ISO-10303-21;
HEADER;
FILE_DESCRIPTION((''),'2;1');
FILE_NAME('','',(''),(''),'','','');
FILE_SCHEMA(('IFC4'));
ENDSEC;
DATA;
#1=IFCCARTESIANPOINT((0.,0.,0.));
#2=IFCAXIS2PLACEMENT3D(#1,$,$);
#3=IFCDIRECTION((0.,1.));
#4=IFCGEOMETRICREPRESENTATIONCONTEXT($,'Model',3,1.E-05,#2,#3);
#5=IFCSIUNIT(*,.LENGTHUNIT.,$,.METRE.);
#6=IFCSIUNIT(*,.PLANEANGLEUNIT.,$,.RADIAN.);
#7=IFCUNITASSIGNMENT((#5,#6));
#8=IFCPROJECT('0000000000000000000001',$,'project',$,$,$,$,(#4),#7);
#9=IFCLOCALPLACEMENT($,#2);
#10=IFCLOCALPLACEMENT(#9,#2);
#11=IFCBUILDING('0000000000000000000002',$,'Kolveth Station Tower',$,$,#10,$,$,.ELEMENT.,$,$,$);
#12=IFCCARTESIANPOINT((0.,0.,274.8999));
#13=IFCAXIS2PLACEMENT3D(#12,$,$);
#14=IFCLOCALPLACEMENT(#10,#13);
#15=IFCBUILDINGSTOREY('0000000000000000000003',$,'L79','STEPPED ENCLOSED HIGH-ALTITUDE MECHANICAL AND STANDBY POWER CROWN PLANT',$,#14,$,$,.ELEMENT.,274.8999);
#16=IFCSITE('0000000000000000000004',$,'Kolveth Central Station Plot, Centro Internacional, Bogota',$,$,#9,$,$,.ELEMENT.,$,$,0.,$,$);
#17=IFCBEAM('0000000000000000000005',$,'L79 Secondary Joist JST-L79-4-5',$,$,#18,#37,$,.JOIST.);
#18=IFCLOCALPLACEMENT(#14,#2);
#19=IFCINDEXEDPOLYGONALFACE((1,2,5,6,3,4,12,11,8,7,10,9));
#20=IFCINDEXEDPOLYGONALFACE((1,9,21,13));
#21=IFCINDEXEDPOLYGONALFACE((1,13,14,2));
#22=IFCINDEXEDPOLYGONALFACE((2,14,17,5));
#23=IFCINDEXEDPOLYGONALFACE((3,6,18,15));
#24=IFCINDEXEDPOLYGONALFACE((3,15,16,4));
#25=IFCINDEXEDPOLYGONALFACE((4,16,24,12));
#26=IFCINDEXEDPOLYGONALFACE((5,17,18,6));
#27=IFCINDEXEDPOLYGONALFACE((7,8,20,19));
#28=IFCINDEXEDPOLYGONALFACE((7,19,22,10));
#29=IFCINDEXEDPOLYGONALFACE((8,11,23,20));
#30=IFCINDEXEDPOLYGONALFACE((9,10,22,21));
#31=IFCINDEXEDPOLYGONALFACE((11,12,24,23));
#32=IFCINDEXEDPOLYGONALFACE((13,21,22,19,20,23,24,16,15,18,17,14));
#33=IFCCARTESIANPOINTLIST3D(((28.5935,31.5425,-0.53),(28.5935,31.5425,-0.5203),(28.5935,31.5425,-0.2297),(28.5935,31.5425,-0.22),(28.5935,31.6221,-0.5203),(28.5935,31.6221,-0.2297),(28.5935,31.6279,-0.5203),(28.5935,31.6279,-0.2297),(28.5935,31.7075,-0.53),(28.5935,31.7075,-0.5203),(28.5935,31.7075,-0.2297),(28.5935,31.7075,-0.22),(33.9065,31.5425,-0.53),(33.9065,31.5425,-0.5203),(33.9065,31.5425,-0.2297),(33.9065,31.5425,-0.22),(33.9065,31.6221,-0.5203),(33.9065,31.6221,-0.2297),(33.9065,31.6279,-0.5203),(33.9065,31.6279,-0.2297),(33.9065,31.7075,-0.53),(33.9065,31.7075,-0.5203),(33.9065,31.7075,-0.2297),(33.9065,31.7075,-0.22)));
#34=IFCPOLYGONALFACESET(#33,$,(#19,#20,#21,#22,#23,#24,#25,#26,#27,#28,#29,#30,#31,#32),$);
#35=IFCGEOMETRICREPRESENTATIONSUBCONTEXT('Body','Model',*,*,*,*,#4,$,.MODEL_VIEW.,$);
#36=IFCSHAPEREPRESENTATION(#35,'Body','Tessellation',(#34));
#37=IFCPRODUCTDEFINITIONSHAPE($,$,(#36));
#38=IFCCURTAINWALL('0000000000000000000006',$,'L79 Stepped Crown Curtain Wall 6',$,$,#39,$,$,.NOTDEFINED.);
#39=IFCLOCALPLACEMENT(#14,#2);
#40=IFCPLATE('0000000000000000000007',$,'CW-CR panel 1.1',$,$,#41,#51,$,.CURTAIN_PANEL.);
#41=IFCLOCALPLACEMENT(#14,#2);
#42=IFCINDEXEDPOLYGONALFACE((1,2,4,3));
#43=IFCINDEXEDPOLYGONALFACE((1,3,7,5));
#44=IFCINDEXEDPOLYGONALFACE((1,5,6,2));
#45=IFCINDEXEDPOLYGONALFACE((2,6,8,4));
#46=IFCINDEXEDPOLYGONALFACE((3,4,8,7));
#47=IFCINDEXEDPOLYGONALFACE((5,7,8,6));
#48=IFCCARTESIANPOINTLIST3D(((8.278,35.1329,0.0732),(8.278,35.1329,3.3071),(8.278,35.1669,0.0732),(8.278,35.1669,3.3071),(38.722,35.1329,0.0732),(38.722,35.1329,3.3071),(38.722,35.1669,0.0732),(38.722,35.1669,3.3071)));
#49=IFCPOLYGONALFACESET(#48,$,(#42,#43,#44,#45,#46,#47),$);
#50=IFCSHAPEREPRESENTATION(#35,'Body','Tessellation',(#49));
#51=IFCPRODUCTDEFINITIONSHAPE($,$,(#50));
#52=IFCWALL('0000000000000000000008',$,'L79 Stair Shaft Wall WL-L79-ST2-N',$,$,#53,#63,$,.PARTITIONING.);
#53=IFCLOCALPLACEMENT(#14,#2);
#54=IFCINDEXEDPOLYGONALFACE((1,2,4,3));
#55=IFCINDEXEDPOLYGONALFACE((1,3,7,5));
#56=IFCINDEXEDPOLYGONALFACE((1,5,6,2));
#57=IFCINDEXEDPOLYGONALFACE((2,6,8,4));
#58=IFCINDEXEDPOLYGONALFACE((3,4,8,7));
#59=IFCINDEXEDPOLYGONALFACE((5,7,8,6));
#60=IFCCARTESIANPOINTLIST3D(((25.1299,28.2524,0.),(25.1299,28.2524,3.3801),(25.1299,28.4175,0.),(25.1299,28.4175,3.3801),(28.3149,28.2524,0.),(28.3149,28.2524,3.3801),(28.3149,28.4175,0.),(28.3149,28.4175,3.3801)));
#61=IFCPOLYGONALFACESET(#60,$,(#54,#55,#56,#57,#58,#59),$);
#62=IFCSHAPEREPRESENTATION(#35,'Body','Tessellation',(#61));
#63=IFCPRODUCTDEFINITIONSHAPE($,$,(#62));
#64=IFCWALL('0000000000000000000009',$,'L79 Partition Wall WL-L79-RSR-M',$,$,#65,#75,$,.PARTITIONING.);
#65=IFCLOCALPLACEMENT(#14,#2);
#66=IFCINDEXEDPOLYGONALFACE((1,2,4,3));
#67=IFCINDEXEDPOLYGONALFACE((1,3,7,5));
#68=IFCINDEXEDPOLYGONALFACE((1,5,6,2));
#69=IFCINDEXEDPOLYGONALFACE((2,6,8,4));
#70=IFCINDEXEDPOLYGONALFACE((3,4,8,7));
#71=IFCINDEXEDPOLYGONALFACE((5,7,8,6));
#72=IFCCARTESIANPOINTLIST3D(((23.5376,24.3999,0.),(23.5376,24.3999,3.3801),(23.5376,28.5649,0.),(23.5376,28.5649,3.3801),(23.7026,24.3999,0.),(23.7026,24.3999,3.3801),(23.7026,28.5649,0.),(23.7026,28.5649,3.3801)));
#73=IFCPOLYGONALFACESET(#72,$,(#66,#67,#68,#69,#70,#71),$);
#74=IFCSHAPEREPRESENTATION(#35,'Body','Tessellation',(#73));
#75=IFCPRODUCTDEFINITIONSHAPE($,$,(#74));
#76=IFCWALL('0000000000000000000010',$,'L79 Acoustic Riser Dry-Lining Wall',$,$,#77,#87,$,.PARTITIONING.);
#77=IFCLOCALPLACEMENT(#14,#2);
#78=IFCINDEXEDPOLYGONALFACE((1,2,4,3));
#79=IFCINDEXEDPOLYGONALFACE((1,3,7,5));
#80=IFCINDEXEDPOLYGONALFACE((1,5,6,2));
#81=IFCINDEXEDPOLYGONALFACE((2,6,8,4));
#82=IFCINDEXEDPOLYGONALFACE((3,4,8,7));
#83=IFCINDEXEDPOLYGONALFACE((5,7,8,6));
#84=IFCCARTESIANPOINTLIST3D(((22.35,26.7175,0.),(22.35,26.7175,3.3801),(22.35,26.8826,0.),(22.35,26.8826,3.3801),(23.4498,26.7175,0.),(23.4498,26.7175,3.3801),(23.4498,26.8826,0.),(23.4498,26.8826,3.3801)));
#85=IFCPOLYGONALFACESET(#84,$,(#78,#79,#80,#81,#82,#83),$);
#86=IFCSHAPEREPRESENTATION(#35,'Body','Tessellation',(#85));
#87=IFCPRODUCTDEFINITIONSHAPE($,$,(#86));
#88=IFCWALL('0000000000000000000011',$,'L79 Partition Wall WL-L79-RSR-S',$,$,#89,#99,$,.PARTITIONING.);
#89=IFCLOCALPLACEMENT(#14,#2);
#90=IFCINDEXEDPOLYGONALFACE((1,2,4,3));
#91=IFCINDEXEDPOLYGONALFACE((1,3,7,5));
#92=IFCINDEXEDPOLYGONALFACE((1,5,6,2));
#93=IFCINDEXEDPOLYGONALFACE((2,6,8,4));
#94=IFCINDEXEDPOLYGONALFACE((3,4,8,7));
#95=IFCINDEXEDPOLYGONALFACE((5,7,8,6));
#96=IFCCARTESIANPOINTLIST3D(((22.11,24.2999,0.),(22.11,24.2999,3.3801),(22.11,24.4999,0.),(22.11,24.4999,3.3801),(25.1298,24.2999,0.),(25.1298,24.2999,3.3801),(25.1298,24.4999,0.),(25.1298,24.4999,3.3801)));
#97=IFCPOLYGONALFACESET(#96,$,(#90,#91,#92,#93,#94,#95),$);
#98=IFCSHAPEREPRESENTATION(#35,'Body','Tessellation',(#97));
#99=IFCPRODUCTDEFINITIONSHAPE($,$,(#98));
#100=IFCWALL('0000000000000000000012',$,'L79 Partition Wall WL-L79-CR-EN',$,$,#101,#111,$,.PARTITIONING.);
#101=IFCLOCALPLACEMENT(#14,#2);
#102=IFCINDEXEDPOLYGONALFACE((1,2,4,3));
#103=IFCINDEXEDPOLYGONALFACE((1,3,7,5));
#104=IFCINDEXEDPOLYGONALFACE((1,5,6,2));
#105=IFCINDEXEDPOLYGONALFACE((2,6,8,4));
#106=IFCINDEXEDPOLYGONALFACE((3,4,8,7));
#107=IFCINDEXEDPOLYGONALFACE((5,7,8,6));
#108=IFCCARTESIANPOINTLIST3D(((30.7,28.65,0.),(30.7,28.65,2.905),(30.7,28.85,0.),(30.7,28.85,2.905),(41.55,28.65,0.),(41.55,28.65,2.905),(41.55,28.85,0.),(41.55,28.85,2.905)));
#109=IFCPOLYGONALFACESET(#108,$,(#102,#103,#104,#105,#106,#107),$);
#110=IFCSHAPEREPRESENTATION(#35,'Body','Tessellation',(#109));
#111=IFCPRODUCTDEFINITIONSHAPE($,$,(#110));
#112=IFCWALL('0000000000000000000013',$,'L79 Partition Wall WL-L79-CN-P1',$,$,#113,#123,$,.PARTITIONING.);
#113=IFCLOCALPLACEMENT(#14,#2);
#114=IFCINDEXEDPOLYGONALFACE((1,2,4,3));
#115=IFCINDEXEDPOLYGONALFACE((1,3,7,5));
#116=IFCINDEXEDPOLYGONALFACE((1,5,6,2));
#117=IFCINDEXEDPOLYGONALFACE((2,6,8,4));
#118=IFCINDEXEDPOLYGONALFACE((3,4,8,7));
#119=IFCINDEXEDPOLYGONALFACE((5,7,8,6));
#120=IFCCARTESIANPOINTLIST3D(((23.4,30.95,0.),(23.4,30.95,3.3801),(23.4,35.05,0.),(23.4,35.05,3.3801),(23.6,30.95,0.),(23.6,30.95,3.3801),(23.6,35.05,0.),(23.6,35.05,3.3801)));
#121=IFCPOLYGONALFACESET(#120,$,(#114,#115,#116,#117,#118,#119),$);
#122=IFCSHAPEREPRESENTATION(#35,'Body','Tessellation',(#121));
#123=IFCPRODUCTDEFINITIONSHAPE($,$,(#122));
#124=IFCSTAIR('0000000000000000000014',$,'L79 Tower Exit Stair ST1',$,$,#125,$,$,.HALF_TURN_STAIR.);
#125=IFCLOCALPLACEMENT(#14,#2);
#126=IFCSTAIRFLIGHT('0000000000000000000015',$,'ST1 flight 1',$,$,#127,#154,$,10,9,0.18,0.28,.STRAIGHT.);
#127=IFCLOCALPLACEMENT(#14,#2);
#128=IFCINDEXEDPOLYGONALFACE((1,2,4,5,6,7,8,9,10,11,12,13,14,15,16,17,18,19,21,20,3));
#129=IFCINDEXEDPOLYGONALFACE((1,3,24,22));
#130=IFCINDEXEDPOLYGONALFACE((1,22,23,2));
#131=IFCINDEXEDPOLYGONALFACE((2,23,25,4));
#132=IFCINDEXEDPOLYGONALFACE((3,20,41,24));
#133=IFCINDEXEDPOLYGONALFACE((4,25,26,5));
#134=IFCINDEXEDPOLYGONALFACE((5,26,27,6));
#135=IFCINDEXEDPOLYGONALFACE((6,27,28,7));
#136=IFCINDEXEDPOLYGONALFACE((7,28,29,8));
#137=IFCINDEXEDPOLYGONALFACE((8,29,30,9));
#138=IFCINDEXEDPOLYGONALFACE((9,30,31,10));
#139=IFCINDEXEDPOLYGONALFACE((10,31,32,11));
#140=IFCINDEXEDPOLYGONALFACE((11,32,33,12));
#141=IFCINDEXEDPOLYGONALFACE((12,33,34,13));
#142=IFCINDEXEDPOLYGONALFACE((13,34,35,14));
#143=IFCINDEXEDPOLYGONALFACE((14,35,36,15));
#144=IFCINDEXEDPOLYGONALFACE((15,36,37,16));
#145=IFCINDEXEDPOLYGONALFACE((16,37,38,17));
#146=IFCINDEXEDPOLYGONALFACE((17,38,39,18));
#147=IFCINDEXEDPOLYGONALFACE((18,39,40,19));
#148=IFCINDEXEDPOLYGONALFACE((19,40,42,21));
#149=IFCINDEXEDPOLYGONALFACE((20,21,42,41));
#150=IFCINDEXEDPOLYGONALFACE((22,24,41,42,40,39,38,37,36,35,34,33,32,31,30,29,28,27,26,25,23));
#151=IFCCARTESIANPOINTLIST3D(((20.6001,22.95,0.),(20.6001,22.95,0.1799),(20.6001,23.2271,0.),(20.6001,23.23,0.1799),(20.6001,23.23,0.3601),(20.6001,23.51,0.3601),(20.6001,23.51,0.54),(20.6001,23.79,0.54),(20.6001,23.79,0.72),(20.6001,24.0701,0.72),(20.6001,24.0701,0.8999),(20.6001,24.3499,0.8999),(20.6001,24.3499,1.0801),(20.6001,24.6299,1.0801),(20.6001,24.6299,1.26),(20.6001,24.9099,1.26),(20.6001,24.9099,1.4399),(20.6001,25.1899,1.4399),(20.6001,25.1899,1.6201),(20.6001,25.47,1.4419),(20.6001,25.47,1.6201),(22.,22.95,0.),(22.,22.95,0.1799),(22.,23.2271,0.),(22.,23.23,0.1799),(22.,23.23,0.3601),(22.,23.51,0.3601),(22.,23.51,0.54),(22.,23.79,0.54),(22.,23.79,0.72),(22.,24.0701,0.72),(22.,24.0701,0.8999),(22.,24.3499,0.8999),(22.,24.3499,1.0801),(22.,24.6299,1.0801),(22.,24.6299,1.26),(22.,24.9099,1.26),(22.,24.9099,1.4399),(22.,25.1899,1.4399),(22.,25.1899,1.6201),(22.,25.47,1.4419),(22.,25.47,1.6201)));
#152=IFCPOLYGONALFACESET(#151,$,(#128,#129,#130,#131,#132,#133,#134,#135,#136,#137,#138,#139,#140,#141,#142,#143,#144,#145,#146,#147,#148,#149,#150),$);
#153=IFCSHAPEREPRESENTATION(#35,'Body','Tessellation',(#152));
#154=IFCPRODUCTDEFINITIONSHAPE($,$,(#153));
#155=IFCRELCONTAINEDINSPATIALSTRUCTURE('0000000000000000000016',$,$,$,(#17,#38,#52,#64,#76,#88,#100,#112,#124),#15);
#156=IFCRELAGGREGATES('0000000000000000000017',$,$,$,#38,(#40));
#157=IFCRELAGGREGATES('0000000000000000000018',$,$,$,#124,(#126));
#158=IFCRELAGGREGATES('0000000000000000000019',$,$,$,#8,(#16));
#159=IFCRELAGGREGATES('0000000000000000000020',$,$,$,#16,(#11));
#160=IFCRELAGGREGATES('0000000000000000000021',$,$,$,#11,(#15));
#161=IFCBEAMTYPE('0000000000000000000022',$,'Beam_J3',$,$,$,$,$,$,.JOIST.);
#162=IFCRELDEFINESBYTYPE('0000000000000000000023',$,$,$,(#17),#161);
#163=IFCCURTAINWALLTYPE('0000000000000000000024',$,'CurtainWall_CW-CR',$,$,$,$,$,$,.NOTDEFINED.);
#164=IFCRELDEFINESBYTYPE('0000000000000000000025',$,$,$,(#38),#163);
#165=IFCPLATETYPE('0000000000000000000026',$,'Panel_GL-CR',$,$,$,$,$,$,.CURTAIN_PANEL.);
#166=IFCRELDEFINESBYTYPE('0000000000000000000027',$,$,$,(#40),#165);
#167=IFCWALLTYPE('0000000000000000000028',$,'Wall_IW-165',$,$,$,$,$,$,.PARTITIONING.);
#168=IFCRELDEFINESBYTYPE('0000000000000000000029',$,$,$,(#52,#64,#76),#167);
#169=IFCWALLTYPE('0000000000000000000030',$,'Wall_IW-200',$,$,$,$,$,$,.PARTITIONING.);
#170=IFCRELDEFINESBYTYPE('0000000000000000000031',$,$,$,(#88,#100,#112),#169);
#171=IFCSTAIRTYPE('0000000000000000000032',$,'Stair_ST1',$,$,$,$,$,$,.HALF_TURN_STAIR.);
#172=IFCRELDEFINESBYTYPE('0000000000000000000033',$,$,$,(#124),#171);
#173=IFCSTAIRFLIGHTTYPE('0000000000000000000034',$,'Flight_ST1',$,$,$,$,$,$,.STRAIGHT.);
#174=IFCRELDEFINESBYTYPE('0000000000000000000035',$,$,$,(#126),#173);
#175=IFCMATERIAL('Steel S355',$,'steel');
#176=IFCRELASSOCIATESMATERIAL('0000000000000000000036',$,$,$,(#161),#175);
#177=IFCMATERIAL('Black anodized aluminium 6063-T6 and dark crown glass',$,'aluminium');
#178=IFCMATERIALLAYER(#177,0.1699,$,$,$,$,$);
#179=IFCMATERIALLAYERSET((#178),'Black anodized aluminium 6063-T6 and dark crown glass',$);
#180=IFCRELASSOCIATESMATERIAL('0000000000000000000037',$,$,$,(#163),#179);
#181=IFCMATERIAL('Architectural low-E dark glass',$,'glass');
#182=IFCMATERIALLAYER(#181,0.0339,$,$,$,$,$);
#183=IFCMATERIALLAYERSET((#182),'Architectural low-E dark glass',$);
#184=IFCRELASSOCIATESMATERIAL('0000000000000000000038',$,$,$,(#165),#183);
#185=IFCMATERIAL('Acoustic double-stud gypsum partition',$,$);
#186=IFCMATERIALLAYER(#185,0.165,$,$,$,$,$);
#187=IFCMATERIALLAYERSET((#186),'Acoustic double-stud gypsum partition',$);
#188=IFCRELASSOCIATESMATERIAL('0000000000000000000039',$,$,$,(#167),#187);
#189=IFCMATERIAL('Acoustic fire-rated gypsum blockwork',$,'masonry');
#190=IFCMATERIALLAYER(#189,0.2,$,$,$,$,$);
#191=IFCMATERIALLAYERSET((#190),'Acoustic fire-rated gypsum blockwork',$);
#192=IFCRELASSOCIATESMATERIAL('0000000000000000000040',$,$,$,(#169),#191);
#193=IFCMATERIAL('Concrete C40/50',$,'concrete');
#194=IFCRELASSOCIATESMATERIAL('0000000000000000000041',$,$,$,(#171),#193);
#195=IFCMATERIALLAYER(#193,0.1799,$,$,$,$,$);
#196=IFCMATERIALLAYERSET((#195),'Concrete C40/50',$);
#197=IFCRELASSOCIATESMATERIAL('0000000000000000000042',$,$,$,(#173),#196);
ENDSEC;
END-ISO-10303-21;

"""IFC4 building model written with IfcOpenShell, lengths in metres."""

from ifc_helpers import new_model, si_unit, direction, frame, frame_2d, origin, origin_2d, place, context, subcontext, project, spatial, polyline, rectangle, i_section, outline, extrude, source, transform, mapped, material, layer, layer_set, material_profile, profile_set, type_object, element, aggregate, save


model = new_model("IFC4")

# Units and contexts
model_context = context("Model", 3, precision=1e-05, world=origin(), true_north=direction((0.0, 1.0)))
body_context = subcontext(model_context, "Body", "Model", "MODEL_VIEW")
ifc_project = project(units=[si_unit("LENGTHUNIT", "METRE"), si_unit("PLANEANGLEUNIT", "RADIAN")], contexts=[model_context])

# Site, building, storey
site_placement = place(None, origin())
site = spatial("IfcSite", under=ifc_project, at=site_placement, Name="Kolveth Central Station Plot, Centro Internacional, Bogota", CompositionType="ELEMENT", RefElevation=0.0)
building_placement = place(site_placement, origin())
building = spatial("IfcBuilding", under=site, at=building_placement, Name="Kolveth Station Tower", CompositionType="ELEMENT")
storey_placement = place(building_placement, frame((0.0, 0.0, 274.8999)))
storey = spatial("IfcBuildingStorey", under=building, at=storey_placement, Name="L79", Description="STEPPED ENCLOSED HIGH-ALTITUDE MECHANICAL AND STANDBY POWER CROWN PLANT", CompositionType="ELEMENT", Elevation=274.8999)

# Shared definitions
ifc_material_1 = material(Name="Steel S355", Category="steel")

# Beam
ifc_material_profile_1 = material_profile(ifc_material_1, i_section(OverallWidth=0.165, OverallDepth=0.3101, WebThickness=0.0059, FlangeThickness=0.0098, at=origin_2d()), Name="W310x39")
ifc_profile_set_1 = profile_set([ifc_material_profile_1], Name="Steel S355")
beam_type_1 = type_object("IfcBeamType", Name="Beam_J3", PredefinedType="JOIST", material=ifc_profile_set_1)
shared_shape_1 = source(origin(), body_context, "Body", "SweptSolid", [
    extrude(i_section(OverallWidth=0.165, OverallDepth=0.3101, WebThickness=0.0059, FlangeThickness=0.0098, at=origin_2d()), origin(), (0.0, 0.0, 1.0), 5.313),
])
for number, where, z_axis, x_axis, name in (
    (1, (28.5935, 31.625, -0.375), (1.0, 0.0, 0.0), (0.0, 1.0, 0.0), "L79 Secondary Joist JST-L79-4-5"),
):
    element("IfcBeam", number, at=place(storey_placement, frame(where, z_axis=z_axis, x_axis=x_axis)), inside=storey, type_object=beam_type_1, Name=name, PredefinedType="JOIST", context=body_context, shape_type="MappedRepresentation", body=[
        mapped(shared_shape_1, transform((0.0, 0.0, 0.0), x_axis=(1.0, 0.0, 0.0), y_axis=(0.0, 1.0, 0.0), z_axis=(0.0, 0.0, 1.0), scale=1.0)),
    ])

# Curtain wall, plate
ifc_material_2 = material(Name="Black anodized aluminium 6063-T6 and dark crown glass", Category="aluminium")
ifc_layer_1 = layer(ifc_material_2, 0.1699)
ifc_layer_set_1 = layer_set([ifc_layer_1], Name="Black anodized aluminium 6063-T6 and dark crown glass")
curtain_wall_type = type_object("IfcCurtainWallType", Name="CurtainWall_CW-CR", PredefinedType="NOTDEFINED", material=ifc_layer_set_1)
curtain_wall_placement = place(storey_placement, origin())
curtain_wall = element("IfcCurtainWall", 2, at=curtain_wall_placement, inside=storey, type_object=curtain_wall_type, Name="L79 Stepped Crown Curtain Wall 6", PredefinedType="NOTDEFINED")
ifc_material_3 = material(Name="Architectural low-E dark glass", Category="glass")
ifc_layer_2 = layer(ifc_material_3, 0.0339)
ifc_layer_set_2 = layer_set([ifc_layer_2], Name="Architectural low-E dark glass")
plate_type = type_object("IfcPlateType", Name="Panel_GL-CR", PredefinedType="CURTAIN_PANEL", material=ifc_layer_set_2)
shared_shape_2 = source(origin(), body_context, "Body", "SweptSolid", [
    extrude(rectangle(XDim=30.4441, YDim=0.0339, at=origin_2d()), origin(), (0.0, 0.0, 1.0), 3.2339),
])
plate_placement = place(storey_placement, frame((23.5, 35.1499, 0.0732), z_axis=(0.0, 0.0, 1.0), x_axis=(-1.0, 0.0, 0.0)))
plate = element("IfcPlate", 3, at=plate_placement, type_object=plate_type, Name="CW-CR panel 1.1", PredefinedType="CURTAIN_PANEL", context=body_context, shape_type="MappedRepresentation", body=[
    mapped(shared_shape_2, transform((0.0, 0.0, 0.0), x_axis=(1.0, 0.0, 0.0), y_axis=(0.0, 1.0, 0.0), z_axis=(0.0, 0.0, 1.0), scale=1.0)),
])
aggregate(curtain_wall, [plate])

# Walls
ifc_material_4 = material(Name="Acoustic double-stud gypsum partition")
ifc_layer_3 = layer(ifc_material_4, 0.165)
ifc_layer_set_3 = layer_set([ifc_layer_3], Name="Acoustic double-stud gypsum partition")
wall_type_1 = type_object("IfcWallType", Name="Wall_IW-165", PredefinedType="PARTITIONING", material=ifc_layer_set_3)
wall_1_placement = place(storey_placement, frame((25.1299, 28.335, 0.0), z_axis=(0.0, 0.0, 1.0), x_axis=(1.0, 0.0, 0.0)))
element("IfcWall", 4, at=wall_1_placement, inside=storey, type_object=wall_type_1, Name="L79 Stair Shaft Wall WL-L79-ST2-N", PredefinedType="PARTITIONING", context=body_context, shape_type="SweptSolid", body=[
    extrude(rectangle(XDim=3.1851, YDim=0.165, at=frame_2d((1.5925, 0.0))), origin(), (0.0, 0.0, 1.0), 3.3801),
])
wall_2_placement = place(storey_placement, frame((23.6201, 24.3999, 0.0), z_axis=(0.0, 0.0, 1.0), x_axis=(0.0, 1.0, 0.0)))
element("IfcWall", 5, at=wall_2_placement, inside=storey, type_object=wall_type_1, Name="L79 Partition Wall WL-L79-RSR-M", PredefinedType="PARTITIONING", context=body_context, shape_type="SweptSolid", body=[
    extrude(rectangle(XDim=4.165, YDim=0.165, at=frame_2d((2.0825, 0.0))), origin(), (0.0, 0.0, 1.0), 3.3801),
])
wall_3_placement = place(storey_placement, frame((22.3501, 26.8, 0.0), z_axis=(0.0, 0.0, 1.0), x_axis=(1.0, 0.0, 0.0)))
element("IfcWall", 6, at=wall_3_placement, inside=storey, type_object=wall_type_1, Name="L79 Acoustic Riser Dry-Lining Wall", PredefinedType="PARTITIONING", context=body_context, shape_type="SweptSolid", body=[
    extrude(rectangle(XDim=1.0999, YDim=0.165, at=frame_2d((0.5498, 0.0))), origin(), (0.0, 0.0, 1.0), 3.3801),
])
ifc_material_5 = material(Name="Acoustic fire-rated gypsum blockwork", Category="masonry")
ifc_layer_4 = layer(ifc_material_5, 0.2)
ifc_layer_set_4 = layer_set([ifc_layer_4], Name="Acoustic fire-rated gypsum blockwork")
wall_type_2 = type_object("IfcWallType", Name="Wall_IW-200", PredefinedType="PARTITIONING", material=ifc_layer_set_4)
wall_4_placement = place(storey_placement, frame((22.1101, 24.3999, 0.0), z_axis=(0.0, 0.0, 1.0), x_axis=(1.0, 0.0, 0.0)))
element("IfcWall", 7, at=wall_4_placement, inside=storey, type_object=wall_type_2, Name="L79 Partition Wall WL-L79-RSR-S", PredefinedType="PARTITIONING", context=body_context, shape_type="SweptSolid", body=[
    extrude(rectangle(XDim=3.0198, YDim=0.2, at=frame_2d((1.5098, 0.0))), origin(), (0.0, 0.0, 1.0), 3.3801),
])
wall_5_placement = place(storey_placement, frame((30.7, 28.75, 0.0), z_axis=(0.0, 0.0, 1.0), x_axis=(1.0, 0.0, 0.0)))
element("IfcWall", 8, at=wall_5_placement, inside=storey, type_object=wall_type_2, Name="L79 Partition Wall WL-L79-CR-EN", PredefinedType="PARTITIONING", context=body_context, shape_type="SweptSolid", body=[
    extrude(rectangle(XDim=10.8501, YDim=0.2, at=frame_2d((5.425, 0.0))), origin(), (0.0, 0.0, 1.0), 2.905),
])
wall_6_placement = place(storey_placement, frame((23.5, 30.95, 0.0), z_axis=(0.0, 0.0, 1.0), x_axis=(0.0, 1.0, 0.0)))
element("IfcWall", 9, at=wall_6_placement, inside=storey, type_object=wall_type_2, Name="L79 Partition Wall WL-L79-CN-P1", PredefinedType="PARTITIONING", context=body_context, shape_type="SweptSolid", body=[
    extrude(rectangle(XDim=4.1001, YDim=0.2, at=frame_2d((2.05, 0.0))), origin(), (0.0, 0.0, 1.0), 3.3801),
])

# Stair, stair flight
ifc_material_6 = material(Name="Concrete C40/50", Category="concrete")
stair_type_1 = type_object("IfcStairType", Name="Stair_ST1", PredefinedType="HALF_TURN_STAIR", material=ifc_material_6)
stair_1_placement = place(storey_placement, origin())
stair_1 = element("IfcStair", 10, at=stair_1_placement, inside=storey, type_object=stair_type_1, Name="L79 Tower Exit Stair ST1", PredefinedType="HALF_TURN_STAIR")
ifc_layer_5 = layer(ifc_material_6, 0.1799)
ifc_layer_set_5 = layer_set([ifc_layer_5], Name="Concrete C40/50")
stair_flight_type_1 = type_object("IfcStairFlightType", Name="Flight_ST1", PredefinedType="STRAIGHT", material=ifc_layer_set_5)
stair_flight_1_placement = place(storey_placement, frame((21.3, 22.95, 0.0), z_axis=(0.0, 0.0, 1.0), x_axis=(0.0, 1.0, 0.0)))
stair_flight_1 = element("IfcStairFlight", 11, at=stair_flight_1_placement, type_object=stair_flight_type_1, Name="ST1 flight 1", NumberOfRisers=10, NumberOfTreads=9, PredefinedType="STRAIGHT", RiserHeight=0.18, TreadLength=0.28, context=body_context, shape_type="SweptSolid", body=[
    extrude(outline(polyline([(0.0, 0.0), (0.0, 0.1799), (0.28, 0.1799), (0.28, 0.3601), (0.5601, 0.3601), (0.5601, 0.54), (0.8401, 0.54), (0.8401, 0.72), (1.1201, 0.72), (1.1201, 0.8999), (1.3999, 0.8999), (1.3999, 1.0801), (1.6799, 1.0801), (1.6799, 1.26), (1.96, 1.26), (1.96, 1.4399), (2.24, 1.4399), (2.24, 1.6201), (2.52, 1.6201), (2.52, 1.8), (2.52, 1.4419), (0.2771, 0.0), (0.0, 0.0)])), frame((0.0, 0.7, 0.0), z_axis=(0.0, -1.0, 0.0), x_axis=(1.0, 0.0, 0.0)), (0.0, 0.0, 1.0), 1.3999),
])
aggregate(stair_1, [stair_flight_1])

save(model, "model.ifc")
